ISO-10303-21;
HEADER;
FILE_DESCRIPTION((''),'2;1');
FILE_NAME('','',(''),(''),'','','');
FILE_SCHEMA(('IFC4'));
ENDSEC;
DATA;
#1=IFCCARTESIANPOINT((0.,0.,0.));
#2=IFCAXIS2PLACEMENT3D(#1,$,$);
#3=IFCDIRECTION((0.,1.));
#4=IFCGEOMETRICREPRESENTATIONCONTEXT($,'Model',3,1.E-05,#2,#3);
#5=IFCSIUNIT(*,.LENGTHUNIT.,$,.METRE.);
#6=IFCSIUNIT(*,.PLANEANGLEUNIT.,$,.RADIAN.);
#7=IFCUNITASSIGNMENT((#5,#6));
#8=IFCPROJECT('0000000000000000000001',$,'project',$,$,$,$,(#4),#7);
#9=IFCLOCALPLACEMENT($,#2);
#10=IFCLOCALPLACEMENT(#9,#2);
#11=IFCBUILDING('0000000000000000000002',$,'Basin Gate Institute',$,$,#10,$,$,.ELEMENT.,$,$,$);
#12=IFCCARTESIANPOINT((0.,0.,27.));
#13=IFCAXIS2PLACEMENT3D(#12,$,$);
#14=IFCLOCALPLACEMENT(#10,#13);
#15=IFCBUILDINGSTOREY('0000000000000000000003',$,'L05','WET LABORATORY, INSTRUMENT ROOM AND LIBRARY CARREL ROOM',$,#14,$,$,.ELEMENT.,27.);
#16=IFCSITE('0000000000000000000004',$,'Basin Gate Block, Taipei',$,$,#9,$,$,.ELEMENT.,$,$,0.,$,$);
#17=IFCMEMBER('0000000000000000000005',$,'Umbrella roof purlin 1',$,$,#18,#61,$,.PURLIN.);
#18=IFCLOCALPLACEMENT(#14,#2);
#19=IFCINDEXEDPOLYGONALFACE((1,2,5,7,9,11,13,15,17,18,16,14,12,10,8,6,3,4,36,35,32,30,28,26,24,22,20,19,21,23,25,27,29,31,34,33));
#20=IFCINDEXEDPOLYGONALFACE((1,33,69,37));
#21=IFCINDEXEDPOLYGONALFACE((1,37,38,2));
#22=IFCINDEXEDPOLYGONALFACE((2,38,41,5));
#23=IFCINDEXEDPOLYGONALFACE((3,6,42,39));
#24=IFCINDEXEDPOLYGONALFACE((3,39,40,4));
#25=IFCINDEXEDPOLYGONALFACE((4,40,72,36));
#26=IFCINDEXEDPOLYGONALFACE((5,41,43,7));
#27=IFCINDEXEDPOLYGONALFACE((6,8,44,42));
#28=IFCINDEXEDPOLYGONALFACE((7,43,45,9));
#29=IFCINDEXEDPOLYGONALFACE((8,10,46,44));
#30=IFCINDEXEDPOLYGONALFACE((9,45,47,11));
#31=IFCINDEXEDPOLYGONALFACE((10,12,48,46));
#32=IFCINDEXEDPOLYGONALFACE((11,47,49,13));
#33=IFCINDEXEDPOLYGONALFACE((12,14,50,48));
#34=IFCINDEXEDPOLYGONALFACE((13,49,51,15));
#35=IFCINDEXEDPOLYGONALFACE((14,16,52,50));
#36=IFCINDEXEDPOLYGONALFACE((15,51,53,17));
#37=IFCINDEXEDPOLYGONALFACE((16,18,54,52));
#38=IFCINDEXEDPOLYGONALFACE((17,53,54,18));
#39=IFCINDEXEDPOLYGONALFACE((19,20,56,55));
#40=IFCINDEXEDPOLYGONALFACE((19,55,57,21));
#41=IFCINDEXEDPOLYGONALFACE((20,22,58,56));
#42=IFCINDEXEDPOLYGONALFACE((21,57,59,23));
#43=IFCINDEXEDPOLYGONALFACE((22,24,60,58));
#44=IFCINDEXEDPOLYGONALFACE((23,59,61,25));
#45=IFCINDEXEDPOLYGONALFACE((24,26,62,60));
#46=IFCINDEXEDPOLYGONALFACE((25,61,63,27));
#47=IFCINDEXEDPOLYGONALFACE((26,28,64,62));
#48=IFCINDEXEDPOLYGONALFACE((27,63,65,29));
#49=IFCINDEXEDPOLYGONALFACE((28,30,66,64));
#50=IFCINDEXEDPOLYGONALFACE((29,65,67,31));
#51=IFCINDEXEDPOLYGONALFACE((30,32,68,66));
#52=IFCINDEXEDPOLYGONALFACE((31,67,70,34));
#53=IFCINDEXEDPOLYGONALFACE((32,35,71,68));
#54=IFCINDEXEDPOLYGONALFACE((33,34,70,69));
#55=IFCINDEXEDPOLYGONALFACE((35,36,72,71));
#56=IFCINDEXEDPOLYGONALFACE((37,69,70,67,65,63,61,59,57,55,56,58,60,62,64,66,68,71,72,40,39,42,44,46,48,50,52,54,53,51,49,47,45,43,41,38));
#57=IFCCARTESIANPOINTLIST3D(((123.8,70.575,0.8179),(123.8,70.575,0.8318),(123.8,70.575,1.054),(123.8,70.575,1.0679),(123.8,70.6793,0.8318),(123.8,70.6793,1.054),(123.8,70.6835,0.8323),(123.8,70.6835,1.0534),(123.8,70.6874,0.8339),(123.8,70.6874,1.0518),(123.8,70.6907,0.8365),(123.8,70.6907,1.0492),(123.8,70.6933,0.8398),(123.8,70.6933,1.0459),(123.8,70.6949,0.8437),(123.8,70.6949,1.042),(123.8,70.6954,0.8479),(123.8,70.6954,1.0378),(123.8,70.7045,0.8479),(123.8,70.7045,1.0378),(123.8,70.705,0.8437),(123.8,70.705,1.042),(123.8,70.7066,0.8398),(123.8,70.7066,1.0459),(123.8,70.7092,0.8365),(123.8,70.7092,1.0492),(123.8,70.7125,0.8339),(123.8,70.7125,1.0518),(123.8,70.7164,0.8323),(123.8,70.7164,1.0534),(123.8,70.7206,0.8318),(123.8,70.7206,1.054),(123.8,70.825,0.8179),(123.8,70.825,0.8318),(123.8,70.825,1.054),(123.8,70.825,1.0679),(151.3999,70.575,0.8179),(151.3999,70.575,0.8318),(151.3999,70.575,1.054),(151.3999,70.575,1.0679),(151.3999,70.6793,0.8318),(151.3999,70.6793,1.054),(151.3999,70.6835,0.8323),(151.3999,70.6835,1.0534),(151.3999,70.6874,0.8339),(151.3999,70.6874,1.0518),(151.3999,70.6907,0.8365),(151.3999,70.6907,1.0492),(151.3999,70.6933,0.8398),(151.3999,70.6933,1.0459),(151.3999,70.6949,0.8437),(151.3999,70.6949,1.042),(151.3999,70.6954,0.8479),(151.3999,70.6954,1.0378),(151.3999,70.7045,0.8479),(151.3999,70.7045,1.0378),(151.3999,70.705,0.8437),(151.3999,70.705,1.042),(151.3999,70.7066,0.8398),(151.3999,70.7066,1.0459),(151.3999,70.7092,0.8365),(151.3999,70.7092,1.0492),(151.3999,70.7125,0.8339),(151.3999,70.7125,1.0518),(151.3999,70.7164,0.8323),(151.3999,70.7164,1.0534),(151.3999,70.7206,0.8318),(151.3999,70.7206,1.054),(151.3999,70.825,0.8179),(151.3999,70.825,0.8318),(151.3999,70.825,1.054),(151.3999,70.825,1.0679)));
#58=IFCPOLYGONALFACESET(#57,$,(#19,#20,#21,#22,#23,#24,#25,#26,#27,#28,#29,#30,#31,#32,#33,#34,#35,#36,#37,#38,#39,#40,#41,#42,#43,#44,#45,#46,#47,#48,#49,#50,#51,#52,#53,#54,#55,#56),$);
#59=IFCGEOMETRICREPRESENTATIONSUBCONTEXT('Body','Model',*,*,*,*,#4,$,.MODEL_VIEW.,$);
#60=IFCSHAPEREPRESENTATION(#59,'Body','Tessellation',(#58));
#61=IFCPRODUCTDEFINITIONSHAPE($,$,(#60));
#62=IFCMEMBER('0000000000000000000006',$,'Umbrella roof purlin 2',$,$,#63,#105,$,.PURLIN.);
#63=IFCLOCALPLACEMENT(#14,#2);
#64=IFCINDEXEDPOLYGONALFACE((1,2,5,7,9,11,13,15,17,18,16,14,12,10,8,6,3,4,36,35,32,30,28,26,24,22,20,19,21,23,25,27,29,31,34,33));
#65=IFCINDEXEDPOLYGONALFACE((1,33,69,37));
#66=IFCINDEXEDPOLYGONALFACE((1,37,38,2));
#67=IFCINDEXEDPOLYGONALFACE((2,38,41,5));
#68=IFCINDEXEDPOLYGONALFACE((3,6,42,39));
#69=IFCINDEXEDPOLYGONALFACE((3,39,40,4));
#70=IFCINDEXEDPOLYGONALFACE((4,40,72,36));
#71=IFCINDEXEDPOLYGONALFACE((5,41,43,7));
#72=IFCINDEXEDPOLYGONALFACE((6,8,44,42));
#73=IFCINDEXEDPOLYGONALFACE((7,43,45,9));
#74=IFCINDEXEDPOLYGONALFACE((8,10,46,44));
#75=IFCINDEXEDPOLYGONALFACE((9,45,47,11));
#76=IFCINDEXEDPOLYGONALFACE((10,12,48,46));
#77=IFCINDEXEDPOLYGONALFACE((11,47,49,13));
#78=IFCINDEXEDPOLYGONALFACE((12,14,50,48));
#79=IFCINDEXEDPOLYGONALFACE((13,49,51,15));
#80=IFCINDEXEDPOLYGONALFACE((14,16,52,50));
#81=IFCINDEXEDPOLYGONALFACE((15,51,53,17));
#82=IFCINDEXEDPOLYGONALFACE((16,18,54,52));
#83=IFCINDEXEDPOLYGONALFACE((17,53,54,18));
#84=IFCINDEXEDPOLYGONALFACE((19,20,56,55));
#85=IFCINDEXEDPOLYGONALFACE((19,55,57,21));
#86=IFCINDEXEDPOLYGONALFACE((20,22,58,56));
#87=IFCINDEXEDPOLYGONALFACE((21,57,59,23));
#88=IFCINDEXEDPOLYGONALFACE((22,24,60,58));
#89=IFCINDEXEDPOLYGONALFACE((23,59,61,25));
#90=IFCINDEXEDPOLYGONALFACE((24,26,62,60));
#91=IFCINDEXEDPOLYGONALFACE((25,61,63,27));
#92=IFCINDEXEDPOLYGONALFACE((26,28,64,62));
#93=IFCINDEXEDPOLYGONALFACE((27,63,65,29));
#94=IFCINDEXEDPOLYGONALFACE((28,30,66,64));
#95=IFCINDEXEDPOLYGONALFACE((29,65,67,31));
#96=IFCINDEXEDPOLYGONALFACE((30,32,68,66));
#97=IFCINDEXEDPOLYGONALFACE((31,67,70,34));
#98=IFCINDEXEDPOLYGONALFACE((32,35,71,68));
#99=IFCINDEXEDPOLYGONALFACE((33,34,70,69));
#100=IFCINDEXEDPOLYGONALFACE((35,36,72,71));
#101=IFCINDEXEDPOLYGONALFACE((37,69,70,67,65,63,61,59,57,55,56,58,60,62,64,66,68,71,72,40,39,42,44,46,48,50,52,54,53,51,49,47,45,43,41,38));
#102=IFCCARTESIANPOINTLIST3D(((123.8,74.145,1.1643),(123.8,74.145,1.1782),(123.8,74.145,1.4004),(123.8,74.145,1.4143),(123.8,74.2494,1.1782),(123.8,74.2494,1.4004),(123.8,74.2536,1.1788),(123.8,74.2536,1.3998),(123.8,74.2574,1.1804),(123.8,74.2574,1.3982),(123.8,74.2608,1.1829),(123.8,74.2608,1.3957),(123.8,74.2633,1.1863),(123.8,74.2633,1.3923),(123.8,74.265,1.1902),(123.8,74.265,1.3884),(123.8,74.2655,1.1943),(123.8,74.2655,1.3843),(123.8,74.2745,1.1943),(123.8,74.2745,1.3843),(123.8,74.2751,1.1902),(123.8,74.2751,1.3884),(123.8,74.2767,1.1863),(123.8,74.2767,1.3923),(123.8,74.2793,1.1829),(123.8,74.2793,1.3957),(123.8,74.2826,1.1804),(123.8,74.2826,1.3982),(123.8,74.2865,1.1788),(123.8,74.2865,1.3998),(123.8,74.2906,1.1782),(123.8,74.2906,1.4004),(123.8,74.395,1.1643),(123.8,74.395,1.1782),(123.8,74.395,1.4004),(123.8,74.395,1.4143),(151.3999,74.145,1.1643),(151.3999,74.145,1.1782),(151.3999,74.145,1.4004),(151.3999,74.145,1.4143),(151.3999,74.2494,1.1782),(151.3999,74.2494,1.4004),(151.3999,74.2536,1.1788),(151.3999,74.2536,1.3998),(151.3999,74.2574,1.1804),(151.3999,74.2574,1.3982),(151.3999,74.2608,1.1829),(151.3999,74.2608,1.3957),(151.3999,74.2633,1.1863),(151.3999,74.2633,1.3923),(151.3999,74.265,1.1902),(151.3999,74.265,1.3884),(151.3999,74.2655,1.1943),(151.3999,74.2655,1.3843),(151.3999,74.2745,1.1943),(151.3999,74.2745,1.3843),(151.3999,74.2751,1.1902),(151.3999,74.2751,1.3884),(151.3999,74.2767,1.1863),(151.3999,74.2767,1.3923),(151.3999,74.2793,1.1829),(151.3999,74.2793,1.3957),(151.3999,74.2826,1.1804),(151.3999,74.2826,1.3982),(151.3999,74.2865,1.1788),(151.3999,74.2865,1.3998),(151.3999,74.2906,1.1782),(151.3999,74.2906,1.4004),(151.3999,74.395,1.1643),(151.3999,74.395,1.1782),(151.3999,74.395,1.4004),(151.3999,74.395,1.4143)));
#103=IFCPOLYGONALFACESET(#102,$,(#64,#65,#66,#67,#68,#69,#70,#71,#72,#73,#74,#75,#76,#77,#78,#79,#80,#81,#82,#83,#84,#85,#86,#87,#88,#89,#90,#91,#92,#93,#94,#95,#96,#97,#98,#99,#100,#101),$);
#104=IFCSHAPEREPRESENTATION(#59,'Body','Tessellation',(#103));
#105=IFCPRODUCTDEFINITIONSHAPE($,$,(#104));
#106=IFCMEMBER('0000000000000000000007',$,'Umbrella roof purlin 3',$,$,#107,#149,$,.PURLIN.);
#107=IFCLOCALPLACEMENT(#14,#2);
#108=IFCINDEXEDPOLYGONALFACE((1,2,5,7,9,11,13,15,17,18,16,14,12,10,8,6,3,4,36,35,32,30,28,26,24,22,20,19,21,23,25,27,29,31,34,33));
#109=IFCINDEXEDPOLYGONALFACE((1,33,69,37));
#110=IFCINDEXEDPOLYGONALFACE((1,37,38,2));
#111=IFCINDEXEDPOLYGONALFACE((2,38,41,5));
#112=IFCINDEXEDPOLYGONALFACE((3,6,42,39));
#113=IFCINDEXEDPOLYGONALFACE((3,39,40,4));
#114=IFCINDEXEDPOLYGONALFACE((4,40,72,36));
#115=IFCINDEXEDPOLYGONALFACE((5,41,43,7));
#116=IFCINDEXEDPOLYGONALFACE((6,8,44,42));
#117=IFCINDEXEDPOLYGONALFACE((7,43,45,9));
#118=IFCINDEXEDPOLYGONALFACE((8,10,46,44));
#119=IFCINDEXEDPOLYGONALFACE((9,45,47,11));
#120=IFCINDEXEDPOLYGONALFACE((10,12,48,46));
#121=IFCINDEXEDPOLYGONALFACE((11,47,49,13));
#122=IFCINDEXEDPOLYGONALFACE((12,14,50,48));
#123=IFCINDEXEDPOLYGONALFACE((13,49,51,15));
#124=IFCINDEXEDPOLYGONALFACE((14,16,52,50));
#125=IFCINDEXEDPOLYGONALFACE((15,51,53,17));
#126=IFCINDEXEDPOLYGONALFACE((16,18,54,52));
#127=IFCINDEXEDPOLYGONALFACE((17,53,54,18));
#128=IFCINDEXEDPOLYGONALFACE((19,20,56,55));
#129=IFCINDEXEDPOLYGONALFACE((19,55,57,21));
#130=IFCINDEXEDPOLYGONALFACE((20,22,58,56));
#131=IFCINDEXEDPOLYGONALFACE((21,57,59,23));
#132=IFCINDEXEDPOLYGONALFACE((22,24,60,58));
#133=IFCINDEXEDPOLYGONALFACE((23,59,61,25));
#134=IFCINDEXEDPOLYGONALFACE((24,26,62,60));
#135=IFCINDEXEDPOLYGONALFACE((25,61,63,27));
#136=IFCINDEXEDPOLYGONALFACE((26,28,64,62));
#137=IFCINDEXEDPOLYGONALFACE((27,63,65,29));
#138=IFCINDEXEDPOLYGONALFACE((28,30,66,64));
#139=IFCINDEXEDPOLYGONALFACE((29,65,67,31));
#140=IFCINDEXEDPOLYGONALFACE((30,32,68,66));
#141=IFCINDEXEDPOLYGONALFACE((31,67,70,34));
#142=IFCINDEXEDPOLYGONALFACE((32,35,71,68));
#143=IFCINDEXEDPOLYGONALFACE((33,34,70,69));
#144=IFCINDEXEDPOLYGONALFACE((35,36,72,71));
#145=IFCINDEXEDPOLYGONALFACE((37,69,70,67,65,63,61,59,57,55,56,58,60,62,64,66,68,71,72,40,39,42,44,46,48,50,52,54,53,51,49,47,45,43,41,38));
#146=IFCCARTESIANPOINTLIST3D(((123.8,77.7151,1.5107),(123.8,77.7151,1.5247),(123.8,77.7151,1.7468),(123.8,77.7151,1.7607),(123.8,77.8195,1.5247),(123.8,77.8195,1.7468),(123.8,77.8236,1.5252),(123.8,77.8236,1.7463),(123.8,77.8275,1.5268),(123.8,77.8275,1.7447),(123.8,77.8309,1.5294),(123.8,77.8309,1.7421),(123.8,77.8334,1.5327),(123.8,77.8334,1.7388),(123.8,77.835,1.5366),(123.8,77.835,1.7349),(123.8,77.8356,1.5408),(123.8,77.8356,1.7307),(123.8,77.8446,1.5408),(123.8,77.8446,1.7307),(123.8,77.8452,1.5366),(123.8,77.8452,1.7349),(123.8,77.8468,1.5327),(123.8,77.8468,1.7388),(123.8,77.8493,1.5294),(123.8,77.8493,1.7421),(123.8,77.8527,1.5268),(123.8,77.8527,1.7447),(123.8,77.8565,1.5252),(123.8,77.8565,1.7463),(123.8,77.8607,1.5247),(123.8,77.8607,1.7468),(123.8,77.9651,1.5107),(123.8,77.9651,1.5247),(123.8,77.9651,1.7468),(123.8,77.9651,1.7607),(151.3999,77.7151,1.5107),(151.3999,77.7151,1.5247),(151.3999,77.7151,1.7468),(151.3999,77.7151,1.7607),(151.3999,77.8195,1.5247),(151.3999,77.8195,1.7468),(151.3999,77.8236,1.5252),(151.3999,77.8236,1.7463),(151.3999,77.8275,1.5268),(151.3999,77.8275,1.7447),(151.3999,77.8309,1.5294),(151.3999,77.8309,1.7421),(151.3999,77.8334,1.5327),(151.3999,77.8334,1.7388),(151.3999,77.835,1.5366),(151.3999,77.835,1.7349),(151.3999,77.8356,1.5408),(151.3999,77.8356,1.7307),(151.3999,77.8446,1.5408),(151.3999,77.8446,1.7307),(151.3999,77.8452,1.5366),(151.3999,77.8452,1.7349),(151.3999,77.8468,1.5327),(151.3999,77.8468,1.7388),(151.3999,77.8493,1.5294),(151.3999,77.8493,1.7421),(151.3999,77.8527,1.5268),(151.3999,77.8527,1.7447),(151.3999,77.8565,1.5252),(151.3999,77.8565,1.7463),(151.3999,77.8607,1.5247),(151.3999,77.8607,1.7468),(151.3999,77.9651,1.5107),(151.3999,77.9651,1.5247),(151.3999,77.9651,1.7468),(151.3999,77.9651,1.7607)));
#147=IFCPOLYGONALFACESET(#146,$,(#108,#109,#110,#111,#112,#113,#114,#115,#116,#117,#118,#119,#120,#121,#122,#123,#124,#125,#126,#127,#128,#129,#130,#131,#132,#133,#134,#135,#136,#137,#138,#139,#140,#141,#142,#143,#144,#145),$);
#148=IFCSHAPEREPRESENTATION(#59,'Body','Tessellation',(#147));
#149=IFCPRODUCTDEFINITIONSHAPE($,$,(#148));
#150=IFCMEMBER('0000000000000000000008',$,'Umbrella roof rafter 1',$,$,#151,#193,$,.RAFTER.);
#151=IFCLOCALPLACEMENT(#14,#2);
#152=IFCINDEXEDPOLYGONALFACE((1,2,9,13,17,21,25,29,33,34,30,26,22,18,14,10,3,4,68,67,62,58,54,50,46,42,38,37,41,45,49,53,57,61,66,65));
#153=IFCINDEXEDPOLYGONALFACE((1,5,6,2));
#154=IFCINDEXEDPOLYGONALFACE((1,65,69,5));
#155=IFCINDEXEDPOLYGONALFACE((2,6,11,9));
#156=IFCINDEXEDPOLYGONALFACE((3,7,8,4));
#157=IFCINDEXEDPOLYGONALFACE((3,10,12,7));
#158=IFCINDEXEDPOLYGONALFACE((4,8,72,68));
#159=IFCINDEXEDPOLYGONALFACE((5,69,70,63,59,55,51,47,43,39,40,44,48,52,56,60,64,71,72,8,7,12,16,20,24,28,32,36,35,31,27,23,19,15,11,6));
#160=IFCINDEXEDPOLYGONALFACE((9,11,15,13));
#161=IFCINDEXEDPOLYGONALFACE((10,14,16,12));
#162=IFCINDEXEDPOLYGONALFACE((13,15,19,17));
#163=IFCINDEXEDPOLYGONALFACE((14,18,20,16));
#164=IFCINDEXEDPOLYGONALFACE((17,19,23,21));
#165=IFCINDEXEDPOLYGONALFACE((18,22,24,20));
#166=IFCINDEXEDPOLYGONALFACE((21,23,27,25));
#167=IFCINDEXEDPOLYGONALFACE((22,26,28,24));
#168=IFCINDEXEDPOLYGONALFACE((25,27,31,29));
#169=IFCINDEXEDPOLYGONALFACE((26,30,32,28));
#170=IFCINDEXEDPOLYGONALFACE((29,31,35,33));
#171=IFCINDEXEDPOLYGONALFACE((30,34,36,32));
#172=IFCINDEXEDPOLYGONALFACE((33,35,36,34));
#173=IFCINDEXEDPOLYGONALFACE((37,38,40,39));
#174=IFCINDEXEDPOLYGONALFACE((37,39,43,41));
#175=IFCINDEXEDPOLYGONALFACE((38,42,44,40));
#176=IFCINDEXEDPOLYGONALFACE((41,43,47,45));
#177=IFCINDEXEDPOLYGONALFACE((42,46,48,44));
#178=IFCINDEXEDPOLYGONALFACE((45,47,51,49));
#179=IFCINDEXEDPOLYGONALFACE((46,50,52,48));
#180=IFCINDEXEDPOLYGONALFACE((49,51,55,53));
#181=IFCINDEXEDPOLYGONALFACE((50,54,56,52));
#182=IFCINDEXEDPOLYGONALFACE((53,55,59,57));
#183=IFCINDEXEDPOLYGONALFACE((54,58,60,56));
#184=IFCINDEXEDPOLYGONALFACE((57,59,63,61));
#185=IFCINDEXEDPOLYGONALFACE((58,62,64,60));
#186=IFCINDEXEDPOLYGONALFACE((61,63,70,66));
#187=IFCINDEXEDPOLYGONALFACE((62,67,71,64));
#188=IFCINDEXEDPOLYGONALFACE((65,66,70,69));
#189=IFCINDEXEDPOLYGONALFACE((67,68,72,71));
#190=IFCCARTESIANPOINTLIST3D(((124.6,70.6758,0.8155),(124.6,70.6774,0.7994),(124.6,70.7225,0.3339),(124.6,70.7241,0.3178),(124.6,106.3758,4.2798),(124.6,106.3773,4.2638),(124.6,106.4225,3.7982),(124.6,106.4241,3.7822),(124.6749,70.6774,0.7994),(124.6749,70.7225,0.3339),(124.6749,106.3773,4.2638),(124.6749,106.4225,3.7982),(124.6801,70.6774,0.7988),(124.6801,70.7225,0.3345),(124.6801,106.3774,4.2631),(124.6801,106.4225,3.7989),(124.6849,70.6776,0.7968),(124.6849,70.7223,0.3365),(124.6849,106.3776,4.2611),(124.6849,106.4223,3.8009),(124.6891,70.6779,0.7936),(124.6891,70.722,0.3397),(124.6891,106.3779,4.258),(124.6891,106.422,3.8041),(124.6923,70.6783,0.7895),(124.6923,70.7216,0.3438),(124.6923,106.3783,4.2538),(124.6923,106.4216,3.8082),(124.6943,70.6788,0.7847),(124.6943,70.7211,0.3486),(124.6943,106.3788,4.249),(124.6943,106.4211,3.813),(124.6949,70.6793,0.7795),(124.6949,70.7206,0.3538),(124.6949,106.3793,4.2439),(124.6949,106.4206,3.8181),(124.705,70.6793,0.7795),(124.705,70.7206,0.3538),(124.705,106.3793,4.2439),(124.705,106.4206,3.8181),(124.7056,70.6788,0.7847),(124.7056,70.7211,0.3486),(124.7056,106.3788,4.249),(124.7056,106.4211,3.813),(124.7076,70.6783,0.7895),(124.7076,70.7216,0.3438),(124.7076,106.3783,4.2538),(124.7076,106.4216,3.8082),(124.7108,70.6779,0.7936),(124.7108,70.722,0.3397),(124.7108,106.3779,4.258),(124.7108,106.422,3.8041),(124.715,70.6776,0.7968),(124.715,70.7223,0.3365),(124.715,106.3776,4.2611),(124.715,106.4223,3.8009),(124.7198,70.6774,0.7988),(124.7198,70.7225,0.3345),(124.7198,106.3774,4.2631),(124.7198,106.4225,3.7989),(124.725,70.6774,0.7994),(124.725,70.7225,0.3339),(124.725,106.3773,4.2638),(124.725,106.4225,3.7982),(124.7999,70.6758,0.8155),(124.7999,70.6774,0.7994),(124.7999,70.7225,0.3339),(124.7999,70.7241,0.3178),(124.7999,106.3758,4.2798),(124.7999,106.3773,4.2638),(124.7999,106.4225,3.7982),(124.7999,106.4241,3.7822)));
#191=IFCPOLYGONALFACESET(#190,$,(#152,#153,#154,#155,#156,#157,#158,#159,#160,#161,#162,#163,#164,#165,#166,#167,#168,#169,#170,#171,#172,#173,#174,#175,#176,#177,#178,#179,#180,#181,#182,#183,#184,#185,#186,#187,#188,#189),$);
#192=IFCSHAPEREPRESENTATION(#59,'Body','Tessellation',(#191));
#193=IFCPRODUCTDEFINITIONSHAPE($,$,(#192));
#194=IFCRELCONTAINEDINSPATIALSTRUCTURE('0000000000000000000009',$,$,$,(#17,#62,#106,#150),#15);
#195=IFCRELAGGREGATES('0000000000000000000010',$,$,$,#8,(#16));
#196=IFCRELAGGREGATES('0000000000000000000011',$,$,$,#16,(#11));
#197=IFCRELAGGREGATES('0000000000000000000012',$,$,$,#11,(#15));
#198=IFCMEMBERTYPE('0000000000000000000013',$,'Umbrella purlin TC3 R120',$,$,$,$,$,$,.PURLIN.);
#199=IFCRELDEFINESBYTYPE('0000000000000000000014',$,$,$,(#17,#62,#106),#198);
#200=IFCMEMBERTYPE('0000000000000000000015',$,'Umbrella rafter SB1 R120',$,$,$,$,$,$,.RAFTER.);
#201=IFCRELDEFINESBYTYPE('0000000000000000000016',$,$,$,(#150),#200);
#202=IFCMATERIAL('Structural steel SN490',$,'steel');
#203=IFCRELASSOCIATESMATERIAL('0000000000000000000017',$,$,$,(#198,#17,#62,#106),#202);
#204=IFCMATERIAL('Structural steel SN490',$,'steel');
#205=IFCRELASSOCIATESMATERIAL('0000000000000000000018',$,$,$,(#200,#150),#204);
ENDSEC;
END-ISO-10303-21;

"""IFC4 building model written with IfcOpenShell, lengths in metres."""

from ifc_helpers import new_model, si_unit, direction, frame, origin, origin_2d, place, context, subcontext, project, spatial, i_section, extrude, material, material_profile, profile_set, type_object, element, save


model = new_model("IFC4")

# Units and contexts
model_context = context("Model", 3, precision=1e-05, world=origin(), true_north=direction((0.0, 1.0)))
body_context = subcontext(model_context, "Body", "Model", "MODEL_VIEW")
ifc_project = project(units=[si_unit("LENGTHUNIT", "METRE"), si_unit("PLANEANGLEUNIT", "RADIAN")], contexts=[model_context])

# Site, building, storey
site_placement = place(None, origin())
site = spatial("IfcSite", under=ifc_project, at=site_placement, Name="Basin Gate Block, Taipei", CompositionType="ELEMENT", RefElevation=0.0)
building_placement = place(site_placement, origin())
building = spatial("IfcBuilding", under=site, at=building_placement, Name="Basin Gate Institute", CompositionType="ELEMENT")
storey_placement = place(building_placement, frame((0.0, 0.0, 27.0)))
storey = spatial("IfcBuildingStorey", under=building, at=storey_placement, Name="L05", Description="WET LABORATORY, INSTRUMENT ROOM AND LIBRARY CARREL ROOM", CompositionType="ELEMENT", Elevation=27.0)

# Members
ifc_material_1 = material(Name="Structural steel SN490", Category="steel")
ifc_material_profile_1 = material_profile(ifc_material_1, i_section(OverallWidth=0.25, OverallDepth=0.25, WebThickness=0.009, FlangeThickness=0.0139, FilletRadius=0.0161, at=origin_2d()), Name="H250x250")
ifc_profile_set_1 = profile_set([ifc_material_profile_1], Name="Structural steel SN490")
member_type_1 = type_object("IfcMemberType", Name="Umbrella purlin TC3 R120", PredefinedType="PURLIN", material=ifc_profile_set_1)
for number, where, z_axis, x_axis, name in (
    (1, (123.8, 70.7, 0.9429), (1.0, 0.0, 0.0), (0.0, 1.0, 0.0), "Umbrella roof purlin 1"),
    (2, (123.8, 74.27, 1.2893), (1.0, 0.0, 0.0), (0.0, 1.0, 0.0), "Umbrella roof purlin 2"),
    (3, (123.8, 77.8401, 1.6357), (1.0, 0.0, 0.0), (0.0, 1.0, 0.0), "Umbrella roof purlin 3"),
):
    element("IfcMember", number, at=place(storey_placement, frame(where, z_axis=z_axis, x_axis=x_axis)), inside=storey, type_object=member_type_1, material=ifc_profile_set_1, Name=name, PredefinedType="PURLIN", context=body_context, shape_type="SweptSolid", body=[
        extrude(i_section(OverallWidth=0.25, OverallDepth=0.25, WebThickness=0.009, FlangeThickness=0.0139, FilletRadius=0.0161, at=origin_2d()), origin(), (0.0, 0.0, 1.0), 27.5999),
    ])
ifc_material_2 = material(Name="Structural steel SN490", Category="steel")
ifc_material_profile_2 = material_profile(ifc_material_2, i_section(OverallWidth=0.2, OverallDepth=0.5, WebThickness=0.01, FlangeThickness=0.0161, FilletRadius=0.02, at=origin_2d()), Name="H500x200")
ifc_profile_set_2 = profile_set([ifc_material_profile_2], Name="Structural steel SN490")
member_type_2 = type_object("IfcMemberType", Name="Umbrella rafter SB1 R120", PredefinedType="RAFTER", material=ifc_profile_set_2)
for number, where, z_axis, x_axis, name in (
    (4, (124.7, 70.7, 0.5667), (0.0, 0.995325, 0.096587), (-1.0, 0.0, 0.0), "Umbrella roof rafter 1"),
):
    element("IfcMember", number, at=place(storey_placement, frame(where, z_axis=z_axis, x_axis=x_axis)), inside=storey, type_object=member_type_2, material=ifc_profile_set_2, Name=name, PredefinedType="RAFTER", context=body_context, shape_type="SweptSolid", body=[
        extrude(i_section(OverallWidth=0.2, OverallDepth=0.5, WebThickness=0.01, FlangeThickness=0.0161, FilletRadius=0.02, at=origin_2d()), origin(), (0.0, 0.0, 1.0), 35.8677),
    ])

save(model, "model.ifc")
